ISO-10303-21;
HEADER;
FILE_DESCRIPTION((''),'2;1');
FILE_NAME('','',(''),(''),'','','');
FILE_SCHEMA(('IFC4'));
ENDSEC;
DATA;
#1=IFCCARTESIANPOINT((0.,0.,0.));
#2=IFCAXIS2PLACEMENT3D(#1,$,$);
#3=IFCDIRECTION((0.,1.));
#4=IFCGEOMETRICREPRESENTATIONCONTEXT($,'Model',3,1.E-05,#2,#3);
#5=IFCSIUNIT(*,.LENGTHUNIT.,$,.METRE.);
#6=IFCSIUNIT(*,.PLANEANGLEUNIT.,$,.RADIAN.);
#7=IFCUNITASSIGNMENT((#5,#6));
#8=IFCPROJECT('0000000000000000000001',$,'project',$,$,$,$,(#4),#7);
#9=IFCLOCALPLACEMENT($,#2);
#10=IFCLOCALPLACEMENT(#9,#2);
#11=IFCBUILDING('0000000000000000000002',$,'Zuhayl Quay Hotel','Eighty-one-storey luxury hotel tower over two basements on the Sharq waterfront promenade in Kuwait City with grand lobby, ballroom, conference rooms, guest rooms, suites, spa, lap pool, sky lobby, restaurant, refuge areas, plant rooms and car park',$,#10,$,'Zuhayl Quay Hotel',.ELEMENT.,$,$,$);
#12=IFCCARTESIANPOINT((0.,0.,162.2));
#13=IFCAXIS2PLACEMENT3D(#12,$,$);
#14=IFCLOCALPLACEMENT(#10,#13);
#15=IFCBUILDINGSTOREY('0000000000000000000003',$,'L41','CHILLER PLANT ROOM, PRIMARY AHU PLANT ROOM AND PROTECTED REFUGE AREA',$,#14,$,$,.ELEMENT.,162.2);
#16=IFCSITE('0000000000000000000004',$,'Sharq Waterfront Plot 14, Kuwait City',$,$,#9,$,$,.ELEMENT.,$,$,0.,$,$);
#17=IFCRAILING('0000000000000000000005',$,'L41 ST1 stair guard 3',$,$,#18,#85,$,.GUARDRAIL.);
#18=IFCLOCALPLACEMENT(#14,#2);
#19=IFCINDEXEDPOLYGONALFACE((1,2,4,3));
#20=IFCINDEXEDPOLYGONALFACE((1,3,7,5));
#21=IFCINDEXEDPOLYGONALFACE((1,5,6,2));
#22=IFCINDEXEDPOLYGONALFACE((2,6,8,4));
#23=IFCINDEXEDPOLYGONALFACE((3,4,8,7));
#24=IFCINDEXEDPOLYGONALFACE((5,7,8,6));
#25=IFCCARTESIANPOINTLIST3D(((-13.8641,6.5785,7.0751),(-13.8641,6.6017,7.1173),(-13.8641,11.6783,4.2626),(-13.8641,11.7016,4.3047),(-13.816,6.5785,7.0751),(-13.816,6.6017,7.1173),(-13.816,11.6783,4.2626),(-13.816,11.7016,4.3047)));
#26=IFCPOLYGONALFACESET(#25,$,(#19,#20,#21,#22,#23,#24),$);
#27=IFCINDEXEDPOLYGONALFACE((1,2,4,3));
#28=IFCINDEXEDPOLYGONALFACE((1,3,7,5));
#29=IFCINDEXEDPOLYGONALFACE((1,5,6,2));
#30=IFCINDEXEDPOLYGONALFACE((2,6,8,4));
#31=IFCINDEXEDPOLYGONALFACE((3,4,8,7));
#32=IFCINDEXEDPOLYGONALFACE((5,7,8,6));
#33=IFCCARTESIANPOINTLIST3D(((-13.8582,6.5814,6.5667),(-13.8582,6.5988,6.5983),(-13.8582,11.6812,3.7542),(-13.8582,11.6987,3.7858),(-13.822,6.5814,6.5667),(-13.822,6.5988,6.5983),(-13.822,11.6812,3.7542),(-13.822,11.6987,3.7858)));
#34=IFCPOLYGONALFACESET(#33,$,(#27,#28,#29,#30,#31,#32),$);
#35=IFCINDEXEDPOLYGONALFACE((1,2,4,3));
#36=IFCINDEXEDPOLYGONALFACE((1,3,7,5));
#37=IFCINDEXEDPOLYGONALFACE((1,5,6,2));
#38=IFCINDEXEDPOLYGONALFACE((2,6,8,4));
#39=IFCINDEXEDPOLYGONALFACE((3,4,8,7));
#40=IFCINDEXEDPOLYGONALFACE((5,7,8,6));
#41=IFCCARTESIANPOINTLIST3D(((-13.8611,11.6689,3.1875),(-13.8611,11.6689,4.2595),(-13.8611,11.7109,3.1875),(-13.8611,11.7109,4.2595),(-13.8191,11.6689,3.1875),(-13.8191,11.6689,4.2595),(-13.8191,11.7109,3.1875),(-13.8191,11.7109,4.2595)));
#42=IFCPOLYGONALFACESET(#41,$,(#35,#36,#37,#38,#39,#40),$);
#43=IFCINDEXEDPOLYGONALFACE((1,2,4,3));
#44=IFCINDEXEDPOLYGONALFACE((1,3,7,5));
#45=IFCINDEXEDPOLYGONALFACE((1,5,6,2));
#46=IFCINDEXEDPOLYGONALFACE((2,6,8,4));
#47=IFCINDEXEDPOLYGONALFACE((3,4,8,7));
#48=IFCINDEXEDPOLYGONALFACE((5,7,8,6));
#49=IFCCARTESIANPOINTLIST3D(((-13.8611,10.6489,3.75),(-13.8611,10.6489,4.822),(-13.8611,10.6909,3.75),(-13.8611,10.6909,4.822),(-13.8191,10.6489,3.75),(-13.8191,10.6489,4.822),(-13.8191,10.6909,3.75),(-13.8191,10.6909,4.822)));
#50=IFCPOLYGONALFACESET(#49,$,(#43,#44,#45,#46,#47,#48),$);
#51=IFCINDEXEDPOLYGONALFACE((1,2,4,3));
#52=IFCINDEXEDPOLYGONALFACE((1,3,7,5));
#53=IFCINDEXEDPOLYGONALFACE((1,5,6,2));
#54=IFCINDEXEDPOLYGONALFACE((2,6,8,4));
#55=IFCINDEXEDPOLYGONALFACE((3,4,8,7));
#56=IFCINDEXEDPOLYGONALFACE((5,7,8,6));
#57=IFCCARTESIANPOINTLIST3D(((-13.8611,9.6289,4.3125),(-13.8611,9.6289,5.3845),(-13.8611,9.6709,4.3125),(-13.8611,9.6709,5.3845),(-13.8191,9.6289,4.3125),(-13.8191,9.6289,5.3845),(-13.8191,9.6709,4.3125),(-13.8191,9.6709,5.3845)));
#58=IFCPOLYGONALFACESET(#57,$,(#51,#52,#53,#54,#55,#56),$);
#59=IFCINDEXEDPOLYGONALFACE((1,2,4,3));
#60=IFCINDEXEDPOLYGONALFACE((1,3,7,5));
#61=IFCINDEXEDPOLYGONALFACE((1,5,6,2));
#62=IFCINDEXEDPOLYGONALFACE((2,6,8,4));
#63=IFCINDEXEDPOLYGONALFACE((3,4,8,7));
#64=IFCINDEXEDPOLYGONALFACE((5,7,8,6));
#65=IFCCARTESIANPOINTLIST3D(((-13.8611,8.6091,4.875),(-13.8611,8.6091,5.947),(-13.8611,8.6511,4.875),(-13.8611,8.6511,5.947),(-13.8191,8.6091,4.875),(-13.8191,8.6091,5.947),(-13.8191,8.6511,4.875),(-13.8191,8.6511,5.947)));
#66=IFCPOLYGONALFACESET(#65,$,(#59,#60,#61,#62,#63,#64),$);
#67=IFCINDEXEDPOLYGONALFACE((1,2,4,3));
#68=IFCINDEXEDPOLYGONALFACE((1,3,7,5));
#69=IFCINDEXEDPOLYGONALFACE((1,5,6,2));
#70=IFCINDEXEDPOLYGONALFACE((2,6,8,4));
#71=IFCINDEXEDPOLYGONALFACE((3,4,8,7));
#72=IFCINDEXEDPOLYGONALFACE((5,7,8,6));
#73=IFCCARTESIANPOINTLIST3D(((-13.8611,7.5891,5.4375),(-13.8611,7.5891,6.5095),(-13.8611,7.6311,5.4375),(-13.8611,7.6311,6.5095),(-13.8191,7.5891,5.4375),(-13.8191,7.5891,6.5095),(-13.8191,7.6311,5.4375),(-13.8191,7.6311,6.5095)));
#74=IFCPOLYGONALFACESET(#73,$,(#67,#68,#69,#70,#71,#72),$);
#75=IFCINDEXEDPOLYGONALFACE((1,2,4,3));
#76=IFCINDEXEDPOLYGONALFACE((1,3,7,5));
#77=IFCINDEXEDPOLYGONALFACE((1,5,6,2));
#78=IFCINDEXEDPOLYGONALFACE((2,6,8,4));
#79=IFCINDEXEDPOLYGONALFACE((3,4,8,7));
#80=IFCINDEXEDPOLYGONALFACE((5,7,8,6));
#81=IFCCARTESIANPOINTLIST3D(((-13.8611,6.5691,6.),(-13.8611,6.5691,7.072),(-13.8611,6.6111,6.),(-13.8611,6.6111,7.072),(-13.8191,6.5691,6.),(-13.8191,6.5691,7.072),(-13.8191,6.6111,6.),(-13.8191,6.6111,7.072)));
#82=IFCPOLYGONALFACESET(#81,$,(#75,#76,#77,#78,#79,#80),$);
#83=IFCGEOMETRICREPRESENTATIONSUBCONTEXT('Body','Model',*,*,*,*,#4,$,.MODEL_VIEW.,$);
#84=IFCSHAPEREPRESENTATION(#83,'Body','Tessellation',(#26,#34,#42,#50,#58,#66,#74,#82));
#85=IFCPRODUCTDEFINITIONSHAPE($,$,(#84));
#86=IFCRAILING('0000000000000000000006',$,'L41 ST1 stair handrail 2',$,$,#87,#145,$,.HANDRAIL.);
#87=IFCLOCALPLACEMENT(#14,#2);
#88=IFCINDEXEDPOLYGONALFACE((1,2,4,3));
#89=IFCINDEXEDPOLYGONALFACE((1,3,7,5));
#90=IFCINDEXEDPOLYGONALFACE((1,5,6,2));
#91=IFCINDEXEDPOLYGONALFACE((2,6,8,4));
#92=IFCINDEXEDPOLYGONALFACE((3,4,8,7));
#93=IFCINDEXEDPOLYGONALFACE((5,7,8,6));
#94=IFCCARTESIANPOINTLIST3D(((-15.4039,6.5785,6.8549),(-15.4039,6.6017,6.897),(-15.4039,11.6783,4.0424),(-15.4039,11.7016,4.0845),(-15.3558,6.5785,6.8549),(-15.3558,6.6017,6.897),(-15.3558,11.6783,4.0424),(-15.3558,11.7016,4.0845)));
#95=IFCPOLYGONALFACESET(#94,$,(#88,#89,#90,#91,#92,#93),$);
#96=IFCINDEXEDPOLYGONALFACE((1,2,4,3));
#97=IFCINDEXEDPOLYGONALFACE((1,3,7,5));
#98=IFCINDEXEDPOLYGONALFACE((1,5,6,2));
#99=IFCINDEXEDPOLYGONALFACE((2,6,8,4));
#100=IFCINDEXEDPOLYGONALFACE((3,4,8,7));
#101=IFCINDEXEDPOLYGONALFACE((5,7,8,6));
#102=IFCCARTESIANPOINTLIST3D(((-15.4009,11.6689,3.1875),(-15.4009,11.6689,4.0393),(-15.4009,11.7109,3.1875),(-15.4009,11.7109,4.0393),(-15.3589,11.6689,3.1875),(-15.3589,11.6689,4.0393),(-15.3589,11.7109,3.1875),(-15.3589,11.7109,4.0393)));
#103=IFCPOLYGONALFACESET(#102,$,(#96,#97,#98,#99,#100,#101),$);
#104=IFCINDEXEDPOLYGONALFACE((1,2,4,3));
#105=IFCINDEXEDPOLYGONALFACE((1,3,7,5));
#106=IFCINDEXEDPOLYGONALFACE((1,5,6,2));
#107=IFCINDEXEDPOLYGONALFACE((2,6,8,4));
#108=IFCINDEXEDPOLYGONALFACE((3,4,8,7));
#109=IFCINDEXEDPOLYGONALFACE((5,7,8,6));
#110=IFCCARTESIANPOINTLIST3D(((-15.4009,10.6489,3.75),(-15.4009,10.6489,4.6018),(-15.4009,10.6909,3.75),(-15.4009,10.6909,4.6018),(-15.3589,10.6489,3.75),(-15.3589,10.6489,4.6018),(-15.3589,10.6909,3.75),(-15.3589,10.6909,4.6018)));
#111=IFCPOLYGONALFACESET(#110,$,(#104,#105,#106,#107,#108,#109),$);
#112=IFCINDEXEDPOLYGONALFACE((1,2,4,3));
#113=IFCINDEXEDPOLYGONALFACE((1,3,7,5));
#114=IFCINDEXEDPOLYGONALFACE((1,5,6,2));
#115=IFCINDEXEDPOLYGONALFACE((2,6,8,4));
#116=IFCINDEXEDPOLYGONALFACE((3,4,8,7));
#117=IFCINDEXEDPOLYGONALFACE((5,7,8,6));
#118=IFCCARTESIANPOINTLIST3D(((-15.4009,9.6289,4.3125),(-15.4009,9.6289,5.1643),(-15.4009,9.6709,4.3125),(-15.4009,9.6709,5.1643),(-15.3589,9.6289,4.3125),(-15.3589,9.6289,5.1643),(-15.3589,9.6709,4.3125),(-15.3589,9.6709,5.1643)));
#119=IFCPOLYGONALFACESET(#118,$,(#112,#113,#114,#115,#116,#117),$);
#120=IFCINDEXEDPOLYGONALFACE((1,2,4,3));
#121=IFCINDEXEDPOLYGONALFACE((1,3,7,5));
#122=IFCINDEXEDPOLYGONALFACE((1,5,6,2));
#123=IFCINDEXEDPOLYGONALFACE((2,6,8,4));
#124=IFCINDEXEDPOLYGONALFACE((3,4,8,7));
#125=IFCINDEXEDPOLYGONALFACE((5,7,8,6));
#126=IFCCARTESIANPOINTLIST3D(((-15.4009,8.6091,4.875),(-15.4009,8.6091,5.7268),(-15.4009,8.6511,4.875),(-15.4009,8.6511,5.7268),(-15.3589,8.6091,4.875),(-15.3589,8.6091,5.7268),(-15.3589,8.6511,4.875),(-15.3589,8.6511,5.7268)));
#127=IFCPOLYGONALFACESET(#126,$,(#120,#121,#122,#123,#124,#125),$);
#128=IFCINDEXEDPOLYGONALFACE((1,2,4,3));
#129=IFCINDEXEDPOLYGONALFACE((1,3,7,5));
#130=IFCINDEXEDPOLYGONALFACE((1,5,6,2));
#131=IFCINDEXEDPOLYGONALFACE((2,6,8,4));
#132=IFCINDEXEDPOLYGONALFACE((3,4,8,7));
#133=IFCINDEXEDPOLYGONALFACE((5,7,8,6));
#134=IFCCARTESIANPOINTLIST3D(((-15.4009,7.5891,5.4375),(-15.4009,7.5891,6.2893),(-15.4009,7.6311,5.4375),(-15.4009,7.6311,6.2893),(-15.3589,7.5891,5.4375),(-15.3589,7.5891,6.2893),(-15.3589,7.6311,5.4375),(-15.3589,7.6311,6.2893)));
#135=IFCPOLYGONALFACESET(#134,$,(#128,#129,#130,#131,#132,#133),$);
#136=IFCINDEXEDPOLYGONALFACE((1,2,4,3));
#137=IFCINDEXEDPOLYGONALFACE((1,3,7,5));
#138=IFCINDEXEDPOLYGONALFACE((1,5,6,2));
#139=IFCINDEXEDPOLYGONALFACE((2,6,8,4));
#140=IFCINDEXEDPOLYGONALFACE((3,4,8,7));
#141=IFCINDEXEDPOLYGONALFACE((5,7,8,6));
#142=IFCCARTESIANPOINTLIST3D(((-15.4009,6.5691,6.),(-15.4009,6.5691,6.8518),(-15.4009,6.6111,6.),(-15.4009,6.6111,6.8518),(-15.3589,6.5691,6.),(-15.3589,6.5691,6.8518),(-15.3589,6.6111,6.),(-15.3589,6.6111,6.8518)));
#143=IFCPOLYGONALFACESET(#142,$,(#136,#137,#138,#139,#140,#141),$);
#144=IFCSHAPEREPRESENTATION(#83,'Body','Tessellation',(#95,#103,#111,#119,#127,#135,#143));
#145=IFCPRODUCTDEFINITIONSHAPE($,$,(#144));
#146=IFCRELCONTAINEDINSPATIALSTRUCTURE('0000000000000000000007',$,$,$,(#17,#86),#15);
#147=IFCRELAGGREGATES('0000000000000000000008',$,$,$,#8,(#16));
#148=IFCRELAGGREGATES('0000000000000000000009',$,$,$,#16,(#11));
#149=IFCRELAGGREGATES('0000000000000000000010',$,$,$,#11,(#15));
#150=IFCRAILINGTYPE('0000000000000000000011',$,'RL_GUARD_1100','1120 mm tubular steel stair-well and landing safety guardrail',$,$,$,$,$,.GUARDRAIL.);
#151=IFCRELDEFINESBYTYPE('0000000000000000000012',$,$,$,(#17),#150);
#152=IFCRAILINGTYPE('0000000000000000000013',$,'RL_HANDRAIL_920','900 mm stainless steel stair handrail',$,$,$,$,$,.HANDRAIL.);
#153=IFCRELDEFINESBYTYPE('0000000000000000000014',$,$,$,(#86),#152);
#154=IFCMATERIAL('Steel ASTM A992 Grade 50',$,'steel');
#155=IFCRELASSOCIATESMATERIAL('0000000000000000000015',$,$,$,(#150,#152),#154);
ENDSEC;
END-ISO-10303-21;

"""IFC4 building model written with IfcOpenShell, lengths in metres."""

from ifc_helpers import new_model, si_unit, direction, frame, origin, origin_2d, place, context, subcontext, project, spatial, rectangle, extrude, material, type_object, element, save


model = new_model("IFC4")

# Units and contexts
model_context = context("Model", 3, precision=1e-05, world=origin(), true_north=direction((0.0, 1.0)))
body_context = subcontext(model_context, "Body", "Model", "MODEL_VIEW")
ifc_project = project(units=[si_unit("LENGTHUNIT", "METRE"), si_unit("PLANEANGLEUNIT", "RADIAN")], contexts=[model_context])

# Site, building, storey
site_placement = place(None, origin())
site = spatial("IfcSite", under=ifc_project, at=site_placement, Name="Sharq Waterfront Plot 14, Kuwait City", CompositionType="ELEMENT", RefElevation=0.0)
building_placement = place(site_placement, origin())
building = spatial("IfcBuilding", under=site, at=building_placement, Name="Zuhayl Quay Hotel", Description="Eighty-one-storey luxury hotel tower over two basements on the Sharq waterfront promenade in Kuwait City with grand lobby, ballroom, conference rooms, guest rooms, suites, spa, lap pool, sky lobby, restaurant, refuge areas, plant rooms and car park", LongName="Zuhayl Quay Hotel", CompositionType="ELEMENT")
storey_placement = place(building_placement, frame((0.0, 0.0, 162.2)))
storey = spatial("IfcBuildingStorey", under=building, at=storey_placement, Name="L41", Description="CHILLER PLANT ROOM, PRIMARY AHU PLANT ROOM AND PROTECTED REFUGE AREA", CompositionType="ELEMENT", Elevation=162.2)

# Shared definitions
ifc_material_1 = material(Name="Steel ASTM A992 Grade 50", Category="steel")

# Railings
railing_type_1 = type_object("IfcRailingType", Name="RL_GUARD_1100", Description="1120 mm tubular steel stair-well and landing safety guardrail", PredefinedType="GUARDRAIL", material=ifc_material_1)
railing_1_placement = place(storey_placement, frame((-13.8401, 11.6899, 3.1875)))
element("IfcRailing", 1, at=railing_1_placement, inside=storey, type_object=railing_type_1, Name="L41 ST1 stair guard 3", PredefinedType="GUARDRAIL", context=body_context, shape_type="SweptSolid", body=[
    extrude(rectangle(XDim=0.0481, YDim=0.0481, at=origin_2d()), frame((0.0, 0.0, 1.0962), z_axis=(0.0, -0.875666, 0.482918), x_axis=(1.0, 0.0, 0.0)), (0.0, 0.0, 1.0), 5.824),
    extrude(rectangle(XDim=0.0361, YDim=0.0361, at=origin_2d()), frame((0.0, 0.0, 0.5825), z_axis=(0.0, -0.875666, 0.482918), x_axis=(1.0, 0.0, 0.0)), (0.0, 0.0, 1.0), 5.824),
    extrude(rectangle(XDim=0.042, YDim=0.042, at=origin_2d()), origin(), (0.0, 0.0, 1.0), 1.072),
    extrude(rectangle(XDim=0.042, YDim=0.042, at=origin_2d()), frame((0.0, -1.02, 0.5625)), (0.0, 0.0, 1.0), 1.072),
    extrude(rectangle(XDim=0.042, YDim=0.042, at=origin_2d()), frame((0.0, -2.04, 1.125)), (0.0, 0.0, 1.0), 1.072),
    extrude(rectangle(XDim=0.042, YDim=0.042, at=origin_2d()), frame((0.0, -3.0598, 1.6875)), (0.0, 0.0, 1.0), 1.072),
    extrude(rectangle(XDim=0.042, YDim=0.042, at=origin_2d()), frame((0.0, -4.0798, 2.25)), (0.0, 0.0, 1.0), 1.072),
    extrude(rectangle(XDim=0.042, YDim=0.042, at=origin_2d()), frame((0.0, -5.0999, 2.8125)), (0.0, 0.0, 1.0), 1.072),
])
railing_type_2 = type_object("IfcRailingType", Name="RL_HANDRAIL_920", Description="900 mm stainless steel stair handrail", PredefinedType="HANDRAIL", material=ifc_material_1)
railing_2_placement = place(storey_placement, frame((-15.3799, 11.6899, 3.1875)))
element("IfcRailing", 2, at=railing_2_placement, inside=storey, type_object=railing_type_2, Name="L41 ST1 stair handrail 2", PredefinedType="HANDRAIL", context=body_context, shape_type="SweptSolid", body=[
    extrude(rectangle(XDim=0.0481, YDim=0.0481, at=origin_2d()), frame((0.0, 0.0, 0.876), z_axis=(0.0, -0.875666, 0.482918), x_axis=(1.0, 0.0, 0.0)), (0.0, 0.0, 1.0), 5.824),
    extrude(rectangle(XDim=0.042, YDim=0.042, at=origin_2d()), origin(), (0.0, 0.0, 1.0), 0.8518),
    extrude(rectangle(XDim=0.042, YDim=0.042, at=origin_2d()), frame((0.0, -1.02, 0.5625)), (0.0, 0.0, 1.0), 0.8518),
    extrude(rectangle(XDim=0.042, YDim=0.042, at=origin_2d()), frame((0.0, -2.04, 1.125)), (0.0, 0.0, 1.0), 0.8518),
    extrude(rectangle(XDim=0.042, YDim=0.042, at=origin_2d()), frame((0.0, -3.0598, 1.6875)), (0.0, 0.0, 1.0), 0.8518),
    extrude(rectangle(XDim=0.042, YDim=0.042, at=origin_2d()), frame((0.0, -4.0798, 2.25)), (0.0, 0.0, 1.0), 0.8518),
    extrude(rectangle(XDim=0.042, YDim=0.042, at=origin_2d()), frame((0.0, -5.0999, 2.8125)), (0.0, 0.0, 1.0), 0.8518),
])

save(model, "model.ifc")
